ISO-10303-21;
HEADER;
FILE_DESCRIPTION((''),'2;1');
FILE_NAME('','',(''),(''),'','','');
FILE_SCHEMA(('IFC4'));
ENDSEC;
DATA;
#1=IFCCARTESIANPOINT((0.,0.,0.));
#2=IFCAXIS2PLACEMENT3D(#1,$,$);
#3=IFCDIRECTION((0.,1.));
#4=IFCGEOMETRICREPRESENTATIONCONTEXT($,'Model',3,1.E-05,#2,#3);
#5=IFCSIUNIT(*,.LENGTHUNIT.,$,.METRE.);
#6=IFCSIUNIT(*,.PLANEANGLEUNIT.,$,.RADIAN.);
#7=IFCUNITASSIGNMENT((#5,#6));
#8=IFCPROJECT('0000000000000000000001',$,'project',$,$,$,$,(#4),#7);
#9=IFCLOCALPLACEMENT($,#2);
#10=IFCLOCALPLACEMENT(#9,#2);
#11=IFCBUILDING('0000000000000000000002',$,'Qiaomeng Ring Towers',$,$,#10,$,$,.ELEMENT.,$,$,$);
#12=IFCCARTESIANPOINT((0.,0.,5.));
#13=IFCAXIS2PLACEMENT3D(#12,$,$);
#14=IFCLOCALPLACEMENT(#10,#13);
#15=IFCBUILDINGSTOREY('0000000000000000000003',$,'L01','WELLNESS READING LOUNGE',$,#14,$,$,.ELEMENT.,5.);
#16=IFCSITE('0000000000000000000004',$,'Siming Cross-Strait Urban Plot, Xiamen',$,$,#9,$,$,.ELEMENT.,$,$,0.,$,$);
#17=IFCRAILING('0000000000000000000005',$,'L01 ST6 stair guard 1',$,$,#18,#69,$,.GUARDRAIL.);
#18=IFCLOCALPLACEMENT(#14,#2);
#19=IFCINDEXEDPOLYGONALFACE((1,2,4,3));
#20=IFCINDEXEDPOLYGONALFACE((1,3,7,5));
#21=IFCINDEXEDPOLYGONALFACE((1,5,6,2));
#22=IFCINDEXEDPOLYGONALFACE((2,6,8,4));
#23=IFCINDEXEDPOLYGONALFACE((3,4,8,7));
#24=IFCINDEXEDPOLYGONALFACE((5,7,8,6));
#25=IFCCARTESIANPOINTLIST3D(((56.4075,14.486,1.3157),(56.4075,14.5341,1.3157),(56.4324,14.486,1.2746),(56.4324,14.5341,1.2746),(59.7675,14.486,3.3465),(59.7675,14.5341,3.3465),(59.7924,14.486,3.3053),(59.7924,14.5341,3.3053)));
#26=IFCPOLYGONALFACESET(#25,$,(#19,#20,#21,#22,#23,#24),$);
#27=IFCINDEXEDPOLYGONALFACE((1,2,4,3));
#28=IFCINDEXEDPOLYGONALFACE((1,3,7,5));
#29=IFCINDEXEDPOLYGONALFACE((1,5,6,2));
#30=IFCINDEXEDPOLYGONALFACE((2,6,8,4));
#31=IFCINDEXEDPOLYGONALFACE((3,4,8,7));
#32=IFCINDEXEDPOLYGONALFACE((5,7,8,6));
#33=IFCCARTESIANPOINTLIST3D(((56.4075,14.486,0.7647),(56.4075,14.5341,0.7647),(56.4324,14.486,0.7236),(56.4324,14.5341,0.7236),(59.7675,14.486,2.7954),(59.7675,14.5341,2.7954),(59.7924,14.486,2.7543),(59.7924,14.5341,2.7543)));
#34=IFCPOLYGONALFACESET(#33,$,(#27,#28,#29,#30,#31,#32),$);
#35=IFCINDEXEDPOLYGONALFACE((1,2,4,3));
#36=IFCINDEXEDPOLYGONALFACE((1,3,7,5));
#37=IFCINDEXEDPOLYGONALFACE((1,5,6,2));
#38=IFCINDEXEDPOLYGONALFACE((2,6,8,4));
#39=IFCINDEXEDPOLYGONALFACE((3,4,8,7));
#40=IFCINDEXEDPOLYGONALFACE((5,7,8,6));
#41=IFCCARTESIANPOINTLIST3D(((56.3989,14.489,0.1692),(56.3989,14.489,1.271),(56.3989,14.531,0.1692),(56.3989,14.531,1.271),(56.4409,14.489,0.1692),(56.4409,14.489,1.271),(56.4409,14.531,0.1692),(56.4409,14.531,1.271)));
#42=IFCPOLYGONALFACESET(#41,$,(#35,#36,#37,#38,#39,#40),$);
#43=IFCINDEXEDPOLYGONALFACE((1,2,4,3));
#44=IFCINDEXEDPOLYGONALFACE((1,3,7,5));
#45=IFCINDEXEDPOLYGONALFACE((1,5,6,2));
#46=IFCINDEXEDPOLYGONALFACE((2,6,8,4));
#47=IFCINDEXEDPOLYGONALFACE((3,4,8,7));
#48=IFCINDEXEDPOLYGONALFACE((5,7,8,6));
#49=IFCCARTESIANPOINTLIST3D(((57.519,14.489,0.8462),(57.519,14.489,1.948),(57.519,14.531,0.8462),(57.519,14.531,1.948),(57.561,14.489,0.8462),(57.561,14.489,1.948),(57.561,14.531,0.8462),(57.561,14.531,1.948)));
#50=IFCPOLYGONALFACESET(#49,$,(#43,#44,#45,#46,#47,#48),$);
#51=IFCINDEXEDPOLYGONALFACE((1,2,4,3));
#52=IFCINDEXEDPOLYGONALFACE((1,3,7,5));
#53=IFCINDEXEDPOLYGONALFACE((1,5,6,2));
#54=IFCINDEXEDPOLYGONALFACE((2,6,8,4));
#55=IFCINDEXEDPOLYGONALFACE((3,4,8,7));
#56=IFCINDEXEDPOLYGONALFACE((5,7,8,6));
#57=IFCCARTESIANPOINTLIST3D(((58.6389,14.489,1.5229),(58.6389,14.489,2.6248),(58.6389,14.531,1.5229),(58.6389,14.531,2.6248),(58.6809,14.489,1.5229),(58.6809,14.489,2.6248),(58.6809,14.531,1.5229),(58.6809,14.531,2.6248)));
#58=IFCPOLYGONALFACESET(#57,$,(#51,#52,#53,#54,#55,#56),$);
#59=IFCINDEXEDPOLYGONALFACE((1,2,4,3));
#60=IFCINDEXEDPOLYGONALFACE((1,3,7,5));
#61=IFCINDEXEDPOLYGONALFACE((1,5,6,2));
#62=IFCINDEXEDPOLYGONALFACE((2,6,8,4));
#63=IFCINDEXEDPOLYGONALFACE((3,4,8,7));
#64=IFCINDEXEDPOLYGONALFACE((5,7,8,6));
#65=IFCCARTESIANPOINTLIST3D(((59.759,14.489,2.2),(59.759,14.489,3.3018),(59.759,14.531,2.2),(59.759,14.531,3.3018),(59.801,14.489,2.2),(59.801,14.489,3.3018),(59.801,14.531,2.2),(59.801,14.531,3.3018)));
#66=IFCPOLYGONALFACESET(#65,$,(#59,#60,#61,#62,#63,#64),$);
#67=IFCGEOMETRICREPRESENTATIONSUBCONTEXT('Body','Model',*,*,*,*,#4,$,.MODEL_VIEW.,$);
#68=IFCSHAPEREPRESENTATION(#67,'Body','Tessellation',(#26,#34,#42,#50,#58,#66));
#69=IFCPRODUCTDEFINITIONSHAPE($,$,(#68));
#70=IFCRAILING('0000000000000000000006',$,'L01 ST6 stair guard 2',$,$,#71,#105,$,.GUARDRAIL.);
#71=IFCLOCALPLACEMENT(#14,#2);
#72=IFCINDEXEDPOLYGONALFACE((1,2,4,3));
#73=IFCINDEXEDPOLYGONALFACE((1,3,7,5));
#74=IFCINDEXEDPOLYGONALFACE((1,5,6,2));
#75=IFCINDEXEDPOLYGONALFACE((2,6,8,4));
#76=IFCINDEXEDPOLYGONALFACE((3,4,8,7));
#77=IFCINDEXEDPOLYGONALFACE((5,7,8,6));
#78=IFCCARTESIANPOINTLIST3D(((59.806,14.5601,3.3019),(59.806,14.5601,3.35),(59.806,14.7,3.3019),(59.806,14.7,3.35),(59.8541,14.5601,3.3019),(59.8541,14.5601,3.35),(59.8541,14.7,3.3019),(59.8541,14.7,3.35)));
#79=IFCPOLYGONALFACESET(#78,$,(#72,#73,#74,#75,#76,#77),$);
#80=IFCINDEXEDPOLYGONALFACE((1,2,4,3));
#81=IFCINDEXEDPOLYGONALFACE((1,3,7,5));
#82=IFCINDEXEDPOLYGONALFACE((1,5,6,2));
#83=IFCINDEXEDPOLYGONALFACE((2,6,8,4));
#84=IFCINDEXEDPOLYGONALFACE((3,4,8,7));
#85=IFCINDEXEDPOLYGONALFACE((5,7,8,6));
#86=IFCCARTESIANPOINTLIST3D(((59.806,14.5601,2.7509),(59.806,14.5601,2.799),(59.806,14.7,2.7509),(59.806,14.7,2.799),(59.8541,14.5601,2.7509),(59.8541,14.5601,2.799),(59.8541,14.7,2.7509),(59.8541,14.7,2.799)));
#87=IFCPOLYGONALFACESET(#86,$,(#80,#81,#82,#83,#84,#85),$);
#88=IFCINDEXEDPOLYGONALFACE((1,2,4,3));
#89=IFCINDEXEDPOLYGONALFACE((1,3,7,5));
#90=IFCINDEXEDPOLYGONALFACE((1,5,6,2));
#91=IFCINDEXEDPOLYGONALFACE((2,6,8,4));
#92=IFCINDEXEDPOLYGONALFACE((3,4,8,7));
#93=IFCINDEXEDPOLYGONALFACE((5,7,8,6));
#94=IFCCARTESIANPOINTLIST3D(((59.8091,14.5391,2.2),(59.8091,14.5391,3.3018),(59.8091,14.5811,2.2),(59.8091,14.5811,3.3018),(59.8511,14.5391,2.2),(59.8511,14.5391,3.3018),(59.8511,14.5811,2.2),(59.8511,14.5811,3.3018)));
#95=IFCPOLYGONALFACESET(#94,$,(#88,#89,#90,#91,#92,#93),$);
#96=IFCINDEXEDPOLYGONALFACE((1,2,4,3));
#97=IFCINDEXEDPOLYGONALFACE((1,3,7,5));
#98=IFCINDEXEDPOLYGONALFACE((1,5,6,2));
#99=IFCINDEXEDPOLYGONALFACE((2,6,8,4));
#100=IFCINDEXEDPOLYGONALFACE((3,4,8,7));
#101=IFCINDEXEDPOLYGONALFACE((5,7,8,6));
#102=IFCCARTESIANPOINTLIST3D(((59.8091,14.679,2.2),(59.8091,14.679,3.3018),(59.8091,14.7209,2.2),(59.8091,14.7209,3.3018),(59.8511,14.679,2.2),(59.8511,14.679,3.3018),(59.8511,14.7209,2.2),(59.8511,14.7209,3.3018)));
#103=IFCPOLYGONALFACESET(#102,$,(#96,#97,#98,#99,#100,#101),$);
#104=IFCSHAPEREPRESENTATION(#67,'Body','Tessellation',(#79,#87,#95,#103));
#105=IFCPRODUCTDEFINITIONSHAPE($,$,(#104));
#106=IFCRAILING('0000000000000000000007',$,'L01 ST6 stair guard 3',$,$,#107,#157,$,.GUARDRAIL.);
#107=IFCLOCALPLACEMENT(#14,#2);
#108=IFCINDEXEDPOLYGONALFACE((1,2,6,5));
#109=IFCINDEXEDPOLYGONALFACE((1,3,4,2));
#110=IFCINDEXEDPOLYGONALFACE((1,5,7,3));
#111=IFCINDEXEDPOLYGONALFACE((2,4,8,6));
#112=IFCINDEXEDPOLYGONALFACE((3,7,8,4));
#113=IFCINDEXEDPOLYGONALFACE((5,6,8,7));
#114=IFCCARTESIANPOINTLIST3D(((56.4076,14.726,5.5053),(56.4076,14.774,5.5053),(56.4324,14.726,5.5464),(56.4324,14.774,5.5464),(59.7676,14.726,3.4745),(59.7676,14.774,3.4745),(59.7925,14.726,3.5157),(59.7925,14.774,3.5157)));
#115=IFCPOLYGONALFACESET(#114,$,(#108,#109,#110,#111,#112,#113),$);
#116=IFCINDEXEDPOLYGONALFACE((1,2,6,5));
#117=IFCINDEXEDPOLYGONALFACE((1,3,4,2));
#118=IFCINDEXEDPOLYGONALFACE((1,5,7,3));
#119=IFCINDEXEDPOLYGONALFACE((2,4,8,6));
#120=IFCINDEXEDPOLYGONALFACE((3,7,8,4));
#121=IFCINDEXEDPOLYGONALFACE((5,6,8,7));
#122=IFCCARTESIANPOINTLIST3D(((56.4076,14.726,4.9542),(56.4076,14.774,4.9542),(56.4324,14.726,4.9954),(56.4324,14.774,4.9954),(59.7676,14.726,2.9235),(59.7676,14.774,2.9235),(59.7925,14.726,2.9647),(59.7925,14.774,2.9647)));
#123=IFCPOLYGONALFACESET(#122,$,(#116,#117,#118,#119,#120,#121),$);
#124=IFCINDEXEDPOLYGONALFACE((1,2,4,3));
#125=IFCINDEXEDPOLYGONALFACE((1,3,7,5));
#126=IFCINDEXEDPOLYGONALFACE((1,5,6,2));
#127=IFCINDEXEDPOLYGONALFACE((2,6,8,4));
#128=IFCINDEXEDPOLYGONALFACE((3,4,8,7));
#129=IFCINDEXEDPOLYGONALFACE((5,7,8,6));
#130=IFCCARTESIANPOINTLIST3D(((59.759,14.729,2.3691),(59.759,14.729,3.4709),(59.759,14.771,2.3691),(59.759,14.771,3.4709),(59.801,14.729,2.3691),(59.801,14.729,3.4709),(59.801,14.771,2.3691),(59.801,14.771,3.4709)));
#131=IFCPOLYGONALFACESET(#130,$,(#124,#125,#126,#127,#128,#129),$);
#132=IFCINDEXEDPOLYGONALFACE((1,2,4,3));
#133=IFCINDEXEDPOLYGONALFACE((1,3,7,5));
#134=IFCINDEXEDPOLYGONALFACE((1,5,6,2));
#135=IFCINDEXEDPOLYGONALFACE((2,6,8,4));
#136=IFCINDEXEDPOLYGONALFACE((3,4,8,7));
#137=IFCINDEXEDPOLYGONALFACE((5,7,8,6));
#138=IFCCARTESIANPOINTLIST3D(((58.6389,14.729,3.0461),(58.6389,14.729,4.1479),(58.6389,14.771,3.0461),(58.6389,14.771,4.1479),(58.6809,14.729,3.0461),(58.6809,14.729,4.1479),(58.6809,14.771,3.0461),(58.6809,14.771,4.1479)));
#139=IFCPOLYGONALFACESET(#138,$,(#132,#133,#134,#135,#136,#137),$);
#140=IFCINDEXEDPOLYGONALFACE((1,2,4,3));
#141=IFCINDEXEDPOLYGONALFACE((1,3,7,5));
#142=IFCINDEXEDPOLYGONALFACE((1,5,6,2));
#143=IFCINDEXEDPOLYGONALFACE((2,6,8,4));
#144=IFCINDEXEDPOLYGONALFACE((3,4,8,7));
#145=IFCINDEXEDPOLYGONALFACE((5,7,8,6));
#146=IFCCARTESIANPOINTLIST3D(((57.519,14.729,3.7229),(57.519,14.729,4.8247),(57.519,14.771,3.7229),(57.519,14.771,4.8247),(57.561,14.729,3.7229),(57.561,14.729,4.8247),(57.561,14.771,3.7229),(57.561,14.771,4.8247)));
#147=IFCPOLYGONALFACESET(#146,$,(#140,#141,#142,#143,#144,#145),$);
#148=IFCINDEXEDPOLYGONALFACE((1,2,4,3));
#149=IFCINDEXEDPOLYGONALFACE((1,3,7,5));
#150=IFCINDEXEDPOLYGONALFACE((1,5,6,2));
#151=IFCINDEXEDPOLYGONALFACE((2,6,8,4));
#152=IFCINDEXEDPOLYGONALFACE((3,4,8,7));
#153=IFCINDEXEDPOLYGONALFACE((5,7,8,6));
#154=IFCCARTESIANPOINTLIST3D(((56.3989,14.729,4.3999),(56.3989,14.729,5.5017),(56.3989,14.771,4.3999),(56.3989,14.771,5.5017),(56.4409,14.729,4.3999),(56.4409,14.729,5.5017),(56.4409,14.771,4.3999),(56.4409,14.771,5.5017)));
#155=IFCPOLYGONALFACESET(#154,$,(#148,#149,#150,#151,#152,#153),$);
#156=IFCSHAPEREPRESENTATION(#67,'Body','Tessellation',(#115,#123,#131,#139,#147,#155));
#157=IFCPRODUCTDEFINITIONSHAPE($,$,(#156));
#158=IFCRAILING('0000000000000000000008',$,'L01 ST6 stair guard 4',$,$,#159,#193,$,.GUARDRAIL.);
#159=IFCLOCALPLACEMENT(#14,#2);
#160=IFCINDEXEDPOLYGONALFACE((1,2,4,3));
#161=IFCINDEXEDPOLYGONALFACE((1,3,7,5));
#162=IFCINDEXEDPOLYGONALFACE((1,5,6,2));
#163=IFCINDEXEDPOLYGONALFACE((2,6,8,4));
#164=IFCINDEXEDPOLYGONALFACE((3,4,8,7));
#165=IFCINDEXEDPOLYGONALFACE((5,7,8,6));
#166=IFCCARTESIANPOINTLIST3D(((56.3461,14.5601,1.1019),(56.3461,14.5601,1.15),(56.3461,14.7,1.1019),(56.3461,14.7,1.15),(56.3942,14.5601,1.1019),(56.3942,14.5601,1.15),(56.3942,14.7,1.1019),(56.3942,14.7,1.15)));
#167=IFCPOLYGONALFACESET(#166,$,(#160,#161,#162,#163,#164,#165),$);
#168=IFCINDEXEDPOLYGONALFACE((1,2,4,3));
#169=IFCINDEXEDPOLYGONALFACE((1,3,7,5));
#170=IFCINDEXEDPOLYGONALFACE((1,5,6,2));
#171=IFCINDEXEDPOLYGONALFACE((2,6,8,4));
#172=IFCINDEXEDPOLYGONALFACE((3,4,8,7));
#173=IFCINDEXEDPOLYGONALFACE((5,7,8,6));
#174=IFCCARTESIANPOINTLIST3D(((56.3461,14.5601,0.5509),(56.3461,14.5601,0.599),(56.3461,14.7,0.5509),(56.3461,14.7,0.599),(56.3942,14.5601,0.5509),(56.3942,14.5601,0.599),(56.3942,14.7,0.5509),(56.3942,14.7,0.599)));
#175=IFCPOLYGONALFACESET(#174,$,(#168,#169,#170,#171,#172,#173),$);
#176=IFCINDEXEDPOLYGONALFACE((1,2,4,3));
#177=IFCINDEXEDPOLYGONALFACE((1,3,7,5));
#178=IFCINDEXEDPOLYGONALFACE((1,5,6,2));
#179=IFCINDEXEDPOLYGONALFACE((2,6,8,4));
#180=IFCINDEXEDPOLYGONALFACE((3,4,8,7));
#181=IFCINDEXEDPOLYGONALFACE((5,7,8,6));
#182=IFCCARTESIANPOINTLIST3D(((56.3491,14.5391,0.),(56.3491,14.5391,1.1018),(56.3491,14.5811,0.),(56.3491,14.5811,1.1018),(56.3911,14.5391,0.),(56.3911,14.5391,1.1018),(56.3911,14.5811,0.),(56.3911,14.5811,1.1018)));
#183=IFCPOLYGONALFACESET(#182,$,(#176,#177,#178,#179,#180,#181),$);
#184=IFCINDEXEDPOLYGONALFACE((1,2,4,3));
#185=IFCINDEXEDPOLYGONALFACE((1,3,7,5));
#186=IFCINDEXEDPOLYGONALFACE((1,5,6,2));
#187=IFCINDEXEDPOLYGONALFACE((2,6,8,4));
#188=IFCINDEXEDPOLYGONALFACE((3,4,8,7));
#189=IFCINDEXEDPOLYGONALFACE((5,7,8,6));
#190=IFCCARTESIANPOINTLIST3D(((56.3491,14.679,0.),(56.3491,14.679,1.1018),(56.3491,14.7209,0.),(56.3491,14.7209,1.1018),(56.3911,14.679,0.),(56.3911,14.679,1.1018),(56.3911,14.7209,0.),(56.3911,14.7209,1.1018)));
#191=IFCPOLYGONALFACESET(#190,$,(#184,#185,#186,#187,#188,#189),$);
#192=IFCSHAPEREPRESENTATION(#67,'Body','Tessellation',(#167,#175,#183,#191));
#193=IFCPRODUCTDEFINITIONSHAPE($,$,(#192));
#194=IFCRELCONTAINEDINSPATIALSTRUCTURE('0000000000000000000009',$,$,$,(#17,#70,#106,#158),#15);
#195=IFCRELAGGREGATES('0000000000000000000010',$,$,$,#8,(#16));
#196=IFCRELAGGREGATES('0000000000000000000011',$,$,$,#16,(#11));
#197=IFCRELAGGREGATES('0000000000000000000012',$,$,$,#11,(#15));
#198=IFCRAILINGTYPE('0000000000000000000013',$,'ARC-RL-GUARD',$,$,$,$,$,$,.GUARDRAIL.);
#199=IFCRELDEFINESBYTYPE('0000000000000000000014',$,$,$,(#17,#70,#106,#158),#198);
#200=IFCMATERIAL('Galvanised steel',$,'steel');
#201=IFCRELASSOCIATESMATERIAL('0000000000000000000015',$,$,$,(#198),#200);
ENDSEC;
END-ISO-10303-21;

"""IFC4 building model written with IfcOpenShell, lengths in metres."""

from ifc_helpers import new_model, si_unit, direction, frame, origin, origin_2d, place, context, subcontext, project, spatial, rectangle, extrude, material, type_object, element, save


model = new_model("IFC4")

# Units and contexts
model_context = context("Model", 3, precision=1e-05, world=origin(), true_north=direction((0.0, 1.0)))
body_context = subcontext(model_context, "Body", "Model", "MODEL_VIEW")
ifc_project = project(units=[si_unit("LENGTHUNIT", "METRE"), si_unit("PLANEANGLEUNIT", "RADIAN")], contexts=[model_context])

# Site, building, storey
site_placement = place(None, origin())
site = spatial("IfcSite", under=ifc_project, at=site_placement, Name="Siming Cross-Strait Urban Plot, Xiamen", CompositionType="ELEMENT", RefElevation=0.0)
building_placement = place(site_placement, origin())
building = spatial("IfcBuilding", under=site, at=building_placement, Name="Qiaomeng Ring Towers", CompositionType="ELEMENT")
storey_placement = place(building_placement, frame((0.0, 0.0, 5.0)))
storey = spatial("IfcBuildingStorey", under=building, at=storey_placement, Name="L01", Description="WELLNESS READING LOUNGE", CompositionType="ELEMENT", Elevation=5.0)

# Shared definitions
ifc_material_1 = material(Name="Galvanised steel", Category="steel")

# Railings
railing_type_1 = type_object("IfcRailingType", Name="ARC-RL-GUARD", PredefinedType="GUARDRAIL", material=ifc_material_1)
railing_1_placement = place(storey_placement, frame((56.4199, 14.51, 0.1692)))
element("IfcRailing", 1, at=railing_1_placement, inside=storey, type_object=railing_type_1, Name="L01 ST6 stair guard 1", PredefinedType="GUARDRAIL", context=body_context, shape_type="SweptSolid", body=[
    extrude(rectangle(XDim=0.0481, YDim=0.0481, at=origin_2d()), frame((0.0, 0.0, 1.126), z_axis=(0.855837, 0.0, 0.517246), x_axis=(0.0, 1.0, 0.0)), (0.0, 0.0, 1.0), 3.926),
    extrude(rectangle(XDim=0.0481, YDim=0.0481, at=origin_2d()), frame((0.0, 0.0, 0.575), z_axis=(0.855837, 0.0, 0.517246), x_axis=(0.0, 1.0, 0.0)), (0.0, 0.0, 1.0), 3.926),
    extrude(rectangle(XDim=0.042, YDim=0.042, at=origin_2d()), origin(), (0.0, 0.0, 1.0), 1.1018),
    extrude(rectangle(XDim=0.042, YDim=0.042, at=origin_2d()), frame((1.1201, 0.0, 0.677)), (0.0, 0.0, 1.0), 1.1018),
    extrude(rectangle(XDim=0.042, YDim=0.042, at=origin_2d()), frame((2.24, 0.0, 1.3538)), (0.0, 0.0, 1.0), 1.1018),
    extrude(rectangle(XDim=0.042, YDim=0.042, at=origin_2d()), frame((3.3601, 0.0, 2.0308)), (0.0, 0.0, 1.0), 1.1018),
])
railing_2_placement = place(storey_placement, frame((59.8301, 14.5601, 2.2)))
element("IfcRailing", 2, at=railing_2_placement, inside=storey, type_object=railing_type_1, Name="L01 ST6 stair guard 2", PredefinedType="GUARDRAIL", context=body_context, shape_type="SweptSolid", body=[
    extrude(rectangle(XDim=0.0481, YDim=0.0481, at=origin_2d()), frame((0.0, 0.0, 1.126), z_axis=(0.0, 1.0, 0.0), x_axis=(-1.0, 0.0, 0.0)), (0.0, 0.0, 1.0), 0.1399),
    extrude(rectangle(XDim=0.0481, YDim=0.0481, at=origin_2d()), frame((0.0, 0.0, 0.575), z_axis=(0.0, 1.0, 0.0), x_axis=(-1.0, 0.0, 0.0)), (0.0, 0.0, 1.0), 0.1399),
    extrude(rectangle(XDim=0.042, YDim=0.042, at=origin_2d()), origin(), (0.0, 0.0, 1.0), 1.1018),
    extrude(rectangle(XDim=0.042, YDim=0.042, at=origin_2d()), frame((0.0, 0.1399, 0.0)), (0.0, 0.0, 1.0), 1.1018),
])
railing_3_placement = place(storey_placement, frame((59.78, 14.75, 2.3691)))
element("IfcRailing", 3, at=railing_3_placement, inside=storey, type_object=railing_type_1, Name="L01 ST6 stair guard 3", PredefinedType="GUARDRAIL", context=body_context, shape_type="SweptSolid", body=[
    extrude(rectangle(XDim=0.0481, YDim=0.0481, at=origin_2d()), frame((0.0, 0.0, 1.126), z_axis=(-0.855837, 0.0, 0.517246), x_axis=(0.0, -1.0, 0.0)), (0.0, 0.0, 1.0), 3.926),
    extrude(rectangle(XDim=0.0481, YDim=0.0481, at=origin_2d()), frame((0.0, 0.0, 0.575), z_axis=(-0.855837, 0.0, 0.517246), x_axis=(0.0, -1.0, 0.0)), (0.0, 0.0, 1.0), 3.926),
    extrude(rectangle(XDim=0.042, YDim=0.042, at=origin_2d()), origin(), (0.0, 0.0, 1.0), 1.1018),
    extrude(rectangle(XDim=0.042, YDim=0.042, at=origin_2d()), frame((-1.1201, 0.0, 0.677)), (0.0, 0.0, 1.0), 1.1018),
    extrude(rectangle(XDim=0.042, YDim=0.042, at=origin_2d()), frame((-2.24, 0.0, 1.3538)), (0.0, 0.0, 1.0), 1.1018),
    extrude(rectangle(XDim=0.042, YDim=0.042, at=origin_2d()), frame((-3.3601, 0.0, 2.0308)), (0.0, 0.0, 1.0), 1.1018),
])
railing_4_placement = place(storey_placement, frame((56.3701, 14.5601, 0.0)))
element("IfcRailing", 4, at=railing_4_placement, inside=storey, type_object=railing_type_1, Name="L01 ST6 stair guard 4", PredefinedType="GUARDRAIL", context=body_context, shape_type="SweptSolid", body=[
    extrude(rectangle(XDim=0.0481, YDim=0.0481, at=origin_2d()), frame((0.0, 0.0, 1.126), z_axis=(0.0, 1.0, 0.0), x_axis=(-1.0, 0.0, 0.0)), (0.0, 0.0, 1.0), 0.1399),
    extrude(rectangle(XDim=0.0481, YDim=0.0481, at=origin_2d()), frame((0.0, 0.0, 0.575), z_axis=(0.0, 1.0, 0.0), x_axis=(-1.0, 0.0, 0.0)), (0.0, 0.0, 1.0), 0.1399),
    extrude(rectangle(XDim=0.042, YDim=0.042, at=origin_2d()), origin(), (0.0, 0.0, 1.0), 1.1018),
    extrude(rectangle(XDim=0.042, YDim=0.042, at=origin_2d()), frame((0.0, 0.1399, 0.0)), (0.0, 0.0, 1.0), 1.1018),
])

save(model, "model.ifc")
